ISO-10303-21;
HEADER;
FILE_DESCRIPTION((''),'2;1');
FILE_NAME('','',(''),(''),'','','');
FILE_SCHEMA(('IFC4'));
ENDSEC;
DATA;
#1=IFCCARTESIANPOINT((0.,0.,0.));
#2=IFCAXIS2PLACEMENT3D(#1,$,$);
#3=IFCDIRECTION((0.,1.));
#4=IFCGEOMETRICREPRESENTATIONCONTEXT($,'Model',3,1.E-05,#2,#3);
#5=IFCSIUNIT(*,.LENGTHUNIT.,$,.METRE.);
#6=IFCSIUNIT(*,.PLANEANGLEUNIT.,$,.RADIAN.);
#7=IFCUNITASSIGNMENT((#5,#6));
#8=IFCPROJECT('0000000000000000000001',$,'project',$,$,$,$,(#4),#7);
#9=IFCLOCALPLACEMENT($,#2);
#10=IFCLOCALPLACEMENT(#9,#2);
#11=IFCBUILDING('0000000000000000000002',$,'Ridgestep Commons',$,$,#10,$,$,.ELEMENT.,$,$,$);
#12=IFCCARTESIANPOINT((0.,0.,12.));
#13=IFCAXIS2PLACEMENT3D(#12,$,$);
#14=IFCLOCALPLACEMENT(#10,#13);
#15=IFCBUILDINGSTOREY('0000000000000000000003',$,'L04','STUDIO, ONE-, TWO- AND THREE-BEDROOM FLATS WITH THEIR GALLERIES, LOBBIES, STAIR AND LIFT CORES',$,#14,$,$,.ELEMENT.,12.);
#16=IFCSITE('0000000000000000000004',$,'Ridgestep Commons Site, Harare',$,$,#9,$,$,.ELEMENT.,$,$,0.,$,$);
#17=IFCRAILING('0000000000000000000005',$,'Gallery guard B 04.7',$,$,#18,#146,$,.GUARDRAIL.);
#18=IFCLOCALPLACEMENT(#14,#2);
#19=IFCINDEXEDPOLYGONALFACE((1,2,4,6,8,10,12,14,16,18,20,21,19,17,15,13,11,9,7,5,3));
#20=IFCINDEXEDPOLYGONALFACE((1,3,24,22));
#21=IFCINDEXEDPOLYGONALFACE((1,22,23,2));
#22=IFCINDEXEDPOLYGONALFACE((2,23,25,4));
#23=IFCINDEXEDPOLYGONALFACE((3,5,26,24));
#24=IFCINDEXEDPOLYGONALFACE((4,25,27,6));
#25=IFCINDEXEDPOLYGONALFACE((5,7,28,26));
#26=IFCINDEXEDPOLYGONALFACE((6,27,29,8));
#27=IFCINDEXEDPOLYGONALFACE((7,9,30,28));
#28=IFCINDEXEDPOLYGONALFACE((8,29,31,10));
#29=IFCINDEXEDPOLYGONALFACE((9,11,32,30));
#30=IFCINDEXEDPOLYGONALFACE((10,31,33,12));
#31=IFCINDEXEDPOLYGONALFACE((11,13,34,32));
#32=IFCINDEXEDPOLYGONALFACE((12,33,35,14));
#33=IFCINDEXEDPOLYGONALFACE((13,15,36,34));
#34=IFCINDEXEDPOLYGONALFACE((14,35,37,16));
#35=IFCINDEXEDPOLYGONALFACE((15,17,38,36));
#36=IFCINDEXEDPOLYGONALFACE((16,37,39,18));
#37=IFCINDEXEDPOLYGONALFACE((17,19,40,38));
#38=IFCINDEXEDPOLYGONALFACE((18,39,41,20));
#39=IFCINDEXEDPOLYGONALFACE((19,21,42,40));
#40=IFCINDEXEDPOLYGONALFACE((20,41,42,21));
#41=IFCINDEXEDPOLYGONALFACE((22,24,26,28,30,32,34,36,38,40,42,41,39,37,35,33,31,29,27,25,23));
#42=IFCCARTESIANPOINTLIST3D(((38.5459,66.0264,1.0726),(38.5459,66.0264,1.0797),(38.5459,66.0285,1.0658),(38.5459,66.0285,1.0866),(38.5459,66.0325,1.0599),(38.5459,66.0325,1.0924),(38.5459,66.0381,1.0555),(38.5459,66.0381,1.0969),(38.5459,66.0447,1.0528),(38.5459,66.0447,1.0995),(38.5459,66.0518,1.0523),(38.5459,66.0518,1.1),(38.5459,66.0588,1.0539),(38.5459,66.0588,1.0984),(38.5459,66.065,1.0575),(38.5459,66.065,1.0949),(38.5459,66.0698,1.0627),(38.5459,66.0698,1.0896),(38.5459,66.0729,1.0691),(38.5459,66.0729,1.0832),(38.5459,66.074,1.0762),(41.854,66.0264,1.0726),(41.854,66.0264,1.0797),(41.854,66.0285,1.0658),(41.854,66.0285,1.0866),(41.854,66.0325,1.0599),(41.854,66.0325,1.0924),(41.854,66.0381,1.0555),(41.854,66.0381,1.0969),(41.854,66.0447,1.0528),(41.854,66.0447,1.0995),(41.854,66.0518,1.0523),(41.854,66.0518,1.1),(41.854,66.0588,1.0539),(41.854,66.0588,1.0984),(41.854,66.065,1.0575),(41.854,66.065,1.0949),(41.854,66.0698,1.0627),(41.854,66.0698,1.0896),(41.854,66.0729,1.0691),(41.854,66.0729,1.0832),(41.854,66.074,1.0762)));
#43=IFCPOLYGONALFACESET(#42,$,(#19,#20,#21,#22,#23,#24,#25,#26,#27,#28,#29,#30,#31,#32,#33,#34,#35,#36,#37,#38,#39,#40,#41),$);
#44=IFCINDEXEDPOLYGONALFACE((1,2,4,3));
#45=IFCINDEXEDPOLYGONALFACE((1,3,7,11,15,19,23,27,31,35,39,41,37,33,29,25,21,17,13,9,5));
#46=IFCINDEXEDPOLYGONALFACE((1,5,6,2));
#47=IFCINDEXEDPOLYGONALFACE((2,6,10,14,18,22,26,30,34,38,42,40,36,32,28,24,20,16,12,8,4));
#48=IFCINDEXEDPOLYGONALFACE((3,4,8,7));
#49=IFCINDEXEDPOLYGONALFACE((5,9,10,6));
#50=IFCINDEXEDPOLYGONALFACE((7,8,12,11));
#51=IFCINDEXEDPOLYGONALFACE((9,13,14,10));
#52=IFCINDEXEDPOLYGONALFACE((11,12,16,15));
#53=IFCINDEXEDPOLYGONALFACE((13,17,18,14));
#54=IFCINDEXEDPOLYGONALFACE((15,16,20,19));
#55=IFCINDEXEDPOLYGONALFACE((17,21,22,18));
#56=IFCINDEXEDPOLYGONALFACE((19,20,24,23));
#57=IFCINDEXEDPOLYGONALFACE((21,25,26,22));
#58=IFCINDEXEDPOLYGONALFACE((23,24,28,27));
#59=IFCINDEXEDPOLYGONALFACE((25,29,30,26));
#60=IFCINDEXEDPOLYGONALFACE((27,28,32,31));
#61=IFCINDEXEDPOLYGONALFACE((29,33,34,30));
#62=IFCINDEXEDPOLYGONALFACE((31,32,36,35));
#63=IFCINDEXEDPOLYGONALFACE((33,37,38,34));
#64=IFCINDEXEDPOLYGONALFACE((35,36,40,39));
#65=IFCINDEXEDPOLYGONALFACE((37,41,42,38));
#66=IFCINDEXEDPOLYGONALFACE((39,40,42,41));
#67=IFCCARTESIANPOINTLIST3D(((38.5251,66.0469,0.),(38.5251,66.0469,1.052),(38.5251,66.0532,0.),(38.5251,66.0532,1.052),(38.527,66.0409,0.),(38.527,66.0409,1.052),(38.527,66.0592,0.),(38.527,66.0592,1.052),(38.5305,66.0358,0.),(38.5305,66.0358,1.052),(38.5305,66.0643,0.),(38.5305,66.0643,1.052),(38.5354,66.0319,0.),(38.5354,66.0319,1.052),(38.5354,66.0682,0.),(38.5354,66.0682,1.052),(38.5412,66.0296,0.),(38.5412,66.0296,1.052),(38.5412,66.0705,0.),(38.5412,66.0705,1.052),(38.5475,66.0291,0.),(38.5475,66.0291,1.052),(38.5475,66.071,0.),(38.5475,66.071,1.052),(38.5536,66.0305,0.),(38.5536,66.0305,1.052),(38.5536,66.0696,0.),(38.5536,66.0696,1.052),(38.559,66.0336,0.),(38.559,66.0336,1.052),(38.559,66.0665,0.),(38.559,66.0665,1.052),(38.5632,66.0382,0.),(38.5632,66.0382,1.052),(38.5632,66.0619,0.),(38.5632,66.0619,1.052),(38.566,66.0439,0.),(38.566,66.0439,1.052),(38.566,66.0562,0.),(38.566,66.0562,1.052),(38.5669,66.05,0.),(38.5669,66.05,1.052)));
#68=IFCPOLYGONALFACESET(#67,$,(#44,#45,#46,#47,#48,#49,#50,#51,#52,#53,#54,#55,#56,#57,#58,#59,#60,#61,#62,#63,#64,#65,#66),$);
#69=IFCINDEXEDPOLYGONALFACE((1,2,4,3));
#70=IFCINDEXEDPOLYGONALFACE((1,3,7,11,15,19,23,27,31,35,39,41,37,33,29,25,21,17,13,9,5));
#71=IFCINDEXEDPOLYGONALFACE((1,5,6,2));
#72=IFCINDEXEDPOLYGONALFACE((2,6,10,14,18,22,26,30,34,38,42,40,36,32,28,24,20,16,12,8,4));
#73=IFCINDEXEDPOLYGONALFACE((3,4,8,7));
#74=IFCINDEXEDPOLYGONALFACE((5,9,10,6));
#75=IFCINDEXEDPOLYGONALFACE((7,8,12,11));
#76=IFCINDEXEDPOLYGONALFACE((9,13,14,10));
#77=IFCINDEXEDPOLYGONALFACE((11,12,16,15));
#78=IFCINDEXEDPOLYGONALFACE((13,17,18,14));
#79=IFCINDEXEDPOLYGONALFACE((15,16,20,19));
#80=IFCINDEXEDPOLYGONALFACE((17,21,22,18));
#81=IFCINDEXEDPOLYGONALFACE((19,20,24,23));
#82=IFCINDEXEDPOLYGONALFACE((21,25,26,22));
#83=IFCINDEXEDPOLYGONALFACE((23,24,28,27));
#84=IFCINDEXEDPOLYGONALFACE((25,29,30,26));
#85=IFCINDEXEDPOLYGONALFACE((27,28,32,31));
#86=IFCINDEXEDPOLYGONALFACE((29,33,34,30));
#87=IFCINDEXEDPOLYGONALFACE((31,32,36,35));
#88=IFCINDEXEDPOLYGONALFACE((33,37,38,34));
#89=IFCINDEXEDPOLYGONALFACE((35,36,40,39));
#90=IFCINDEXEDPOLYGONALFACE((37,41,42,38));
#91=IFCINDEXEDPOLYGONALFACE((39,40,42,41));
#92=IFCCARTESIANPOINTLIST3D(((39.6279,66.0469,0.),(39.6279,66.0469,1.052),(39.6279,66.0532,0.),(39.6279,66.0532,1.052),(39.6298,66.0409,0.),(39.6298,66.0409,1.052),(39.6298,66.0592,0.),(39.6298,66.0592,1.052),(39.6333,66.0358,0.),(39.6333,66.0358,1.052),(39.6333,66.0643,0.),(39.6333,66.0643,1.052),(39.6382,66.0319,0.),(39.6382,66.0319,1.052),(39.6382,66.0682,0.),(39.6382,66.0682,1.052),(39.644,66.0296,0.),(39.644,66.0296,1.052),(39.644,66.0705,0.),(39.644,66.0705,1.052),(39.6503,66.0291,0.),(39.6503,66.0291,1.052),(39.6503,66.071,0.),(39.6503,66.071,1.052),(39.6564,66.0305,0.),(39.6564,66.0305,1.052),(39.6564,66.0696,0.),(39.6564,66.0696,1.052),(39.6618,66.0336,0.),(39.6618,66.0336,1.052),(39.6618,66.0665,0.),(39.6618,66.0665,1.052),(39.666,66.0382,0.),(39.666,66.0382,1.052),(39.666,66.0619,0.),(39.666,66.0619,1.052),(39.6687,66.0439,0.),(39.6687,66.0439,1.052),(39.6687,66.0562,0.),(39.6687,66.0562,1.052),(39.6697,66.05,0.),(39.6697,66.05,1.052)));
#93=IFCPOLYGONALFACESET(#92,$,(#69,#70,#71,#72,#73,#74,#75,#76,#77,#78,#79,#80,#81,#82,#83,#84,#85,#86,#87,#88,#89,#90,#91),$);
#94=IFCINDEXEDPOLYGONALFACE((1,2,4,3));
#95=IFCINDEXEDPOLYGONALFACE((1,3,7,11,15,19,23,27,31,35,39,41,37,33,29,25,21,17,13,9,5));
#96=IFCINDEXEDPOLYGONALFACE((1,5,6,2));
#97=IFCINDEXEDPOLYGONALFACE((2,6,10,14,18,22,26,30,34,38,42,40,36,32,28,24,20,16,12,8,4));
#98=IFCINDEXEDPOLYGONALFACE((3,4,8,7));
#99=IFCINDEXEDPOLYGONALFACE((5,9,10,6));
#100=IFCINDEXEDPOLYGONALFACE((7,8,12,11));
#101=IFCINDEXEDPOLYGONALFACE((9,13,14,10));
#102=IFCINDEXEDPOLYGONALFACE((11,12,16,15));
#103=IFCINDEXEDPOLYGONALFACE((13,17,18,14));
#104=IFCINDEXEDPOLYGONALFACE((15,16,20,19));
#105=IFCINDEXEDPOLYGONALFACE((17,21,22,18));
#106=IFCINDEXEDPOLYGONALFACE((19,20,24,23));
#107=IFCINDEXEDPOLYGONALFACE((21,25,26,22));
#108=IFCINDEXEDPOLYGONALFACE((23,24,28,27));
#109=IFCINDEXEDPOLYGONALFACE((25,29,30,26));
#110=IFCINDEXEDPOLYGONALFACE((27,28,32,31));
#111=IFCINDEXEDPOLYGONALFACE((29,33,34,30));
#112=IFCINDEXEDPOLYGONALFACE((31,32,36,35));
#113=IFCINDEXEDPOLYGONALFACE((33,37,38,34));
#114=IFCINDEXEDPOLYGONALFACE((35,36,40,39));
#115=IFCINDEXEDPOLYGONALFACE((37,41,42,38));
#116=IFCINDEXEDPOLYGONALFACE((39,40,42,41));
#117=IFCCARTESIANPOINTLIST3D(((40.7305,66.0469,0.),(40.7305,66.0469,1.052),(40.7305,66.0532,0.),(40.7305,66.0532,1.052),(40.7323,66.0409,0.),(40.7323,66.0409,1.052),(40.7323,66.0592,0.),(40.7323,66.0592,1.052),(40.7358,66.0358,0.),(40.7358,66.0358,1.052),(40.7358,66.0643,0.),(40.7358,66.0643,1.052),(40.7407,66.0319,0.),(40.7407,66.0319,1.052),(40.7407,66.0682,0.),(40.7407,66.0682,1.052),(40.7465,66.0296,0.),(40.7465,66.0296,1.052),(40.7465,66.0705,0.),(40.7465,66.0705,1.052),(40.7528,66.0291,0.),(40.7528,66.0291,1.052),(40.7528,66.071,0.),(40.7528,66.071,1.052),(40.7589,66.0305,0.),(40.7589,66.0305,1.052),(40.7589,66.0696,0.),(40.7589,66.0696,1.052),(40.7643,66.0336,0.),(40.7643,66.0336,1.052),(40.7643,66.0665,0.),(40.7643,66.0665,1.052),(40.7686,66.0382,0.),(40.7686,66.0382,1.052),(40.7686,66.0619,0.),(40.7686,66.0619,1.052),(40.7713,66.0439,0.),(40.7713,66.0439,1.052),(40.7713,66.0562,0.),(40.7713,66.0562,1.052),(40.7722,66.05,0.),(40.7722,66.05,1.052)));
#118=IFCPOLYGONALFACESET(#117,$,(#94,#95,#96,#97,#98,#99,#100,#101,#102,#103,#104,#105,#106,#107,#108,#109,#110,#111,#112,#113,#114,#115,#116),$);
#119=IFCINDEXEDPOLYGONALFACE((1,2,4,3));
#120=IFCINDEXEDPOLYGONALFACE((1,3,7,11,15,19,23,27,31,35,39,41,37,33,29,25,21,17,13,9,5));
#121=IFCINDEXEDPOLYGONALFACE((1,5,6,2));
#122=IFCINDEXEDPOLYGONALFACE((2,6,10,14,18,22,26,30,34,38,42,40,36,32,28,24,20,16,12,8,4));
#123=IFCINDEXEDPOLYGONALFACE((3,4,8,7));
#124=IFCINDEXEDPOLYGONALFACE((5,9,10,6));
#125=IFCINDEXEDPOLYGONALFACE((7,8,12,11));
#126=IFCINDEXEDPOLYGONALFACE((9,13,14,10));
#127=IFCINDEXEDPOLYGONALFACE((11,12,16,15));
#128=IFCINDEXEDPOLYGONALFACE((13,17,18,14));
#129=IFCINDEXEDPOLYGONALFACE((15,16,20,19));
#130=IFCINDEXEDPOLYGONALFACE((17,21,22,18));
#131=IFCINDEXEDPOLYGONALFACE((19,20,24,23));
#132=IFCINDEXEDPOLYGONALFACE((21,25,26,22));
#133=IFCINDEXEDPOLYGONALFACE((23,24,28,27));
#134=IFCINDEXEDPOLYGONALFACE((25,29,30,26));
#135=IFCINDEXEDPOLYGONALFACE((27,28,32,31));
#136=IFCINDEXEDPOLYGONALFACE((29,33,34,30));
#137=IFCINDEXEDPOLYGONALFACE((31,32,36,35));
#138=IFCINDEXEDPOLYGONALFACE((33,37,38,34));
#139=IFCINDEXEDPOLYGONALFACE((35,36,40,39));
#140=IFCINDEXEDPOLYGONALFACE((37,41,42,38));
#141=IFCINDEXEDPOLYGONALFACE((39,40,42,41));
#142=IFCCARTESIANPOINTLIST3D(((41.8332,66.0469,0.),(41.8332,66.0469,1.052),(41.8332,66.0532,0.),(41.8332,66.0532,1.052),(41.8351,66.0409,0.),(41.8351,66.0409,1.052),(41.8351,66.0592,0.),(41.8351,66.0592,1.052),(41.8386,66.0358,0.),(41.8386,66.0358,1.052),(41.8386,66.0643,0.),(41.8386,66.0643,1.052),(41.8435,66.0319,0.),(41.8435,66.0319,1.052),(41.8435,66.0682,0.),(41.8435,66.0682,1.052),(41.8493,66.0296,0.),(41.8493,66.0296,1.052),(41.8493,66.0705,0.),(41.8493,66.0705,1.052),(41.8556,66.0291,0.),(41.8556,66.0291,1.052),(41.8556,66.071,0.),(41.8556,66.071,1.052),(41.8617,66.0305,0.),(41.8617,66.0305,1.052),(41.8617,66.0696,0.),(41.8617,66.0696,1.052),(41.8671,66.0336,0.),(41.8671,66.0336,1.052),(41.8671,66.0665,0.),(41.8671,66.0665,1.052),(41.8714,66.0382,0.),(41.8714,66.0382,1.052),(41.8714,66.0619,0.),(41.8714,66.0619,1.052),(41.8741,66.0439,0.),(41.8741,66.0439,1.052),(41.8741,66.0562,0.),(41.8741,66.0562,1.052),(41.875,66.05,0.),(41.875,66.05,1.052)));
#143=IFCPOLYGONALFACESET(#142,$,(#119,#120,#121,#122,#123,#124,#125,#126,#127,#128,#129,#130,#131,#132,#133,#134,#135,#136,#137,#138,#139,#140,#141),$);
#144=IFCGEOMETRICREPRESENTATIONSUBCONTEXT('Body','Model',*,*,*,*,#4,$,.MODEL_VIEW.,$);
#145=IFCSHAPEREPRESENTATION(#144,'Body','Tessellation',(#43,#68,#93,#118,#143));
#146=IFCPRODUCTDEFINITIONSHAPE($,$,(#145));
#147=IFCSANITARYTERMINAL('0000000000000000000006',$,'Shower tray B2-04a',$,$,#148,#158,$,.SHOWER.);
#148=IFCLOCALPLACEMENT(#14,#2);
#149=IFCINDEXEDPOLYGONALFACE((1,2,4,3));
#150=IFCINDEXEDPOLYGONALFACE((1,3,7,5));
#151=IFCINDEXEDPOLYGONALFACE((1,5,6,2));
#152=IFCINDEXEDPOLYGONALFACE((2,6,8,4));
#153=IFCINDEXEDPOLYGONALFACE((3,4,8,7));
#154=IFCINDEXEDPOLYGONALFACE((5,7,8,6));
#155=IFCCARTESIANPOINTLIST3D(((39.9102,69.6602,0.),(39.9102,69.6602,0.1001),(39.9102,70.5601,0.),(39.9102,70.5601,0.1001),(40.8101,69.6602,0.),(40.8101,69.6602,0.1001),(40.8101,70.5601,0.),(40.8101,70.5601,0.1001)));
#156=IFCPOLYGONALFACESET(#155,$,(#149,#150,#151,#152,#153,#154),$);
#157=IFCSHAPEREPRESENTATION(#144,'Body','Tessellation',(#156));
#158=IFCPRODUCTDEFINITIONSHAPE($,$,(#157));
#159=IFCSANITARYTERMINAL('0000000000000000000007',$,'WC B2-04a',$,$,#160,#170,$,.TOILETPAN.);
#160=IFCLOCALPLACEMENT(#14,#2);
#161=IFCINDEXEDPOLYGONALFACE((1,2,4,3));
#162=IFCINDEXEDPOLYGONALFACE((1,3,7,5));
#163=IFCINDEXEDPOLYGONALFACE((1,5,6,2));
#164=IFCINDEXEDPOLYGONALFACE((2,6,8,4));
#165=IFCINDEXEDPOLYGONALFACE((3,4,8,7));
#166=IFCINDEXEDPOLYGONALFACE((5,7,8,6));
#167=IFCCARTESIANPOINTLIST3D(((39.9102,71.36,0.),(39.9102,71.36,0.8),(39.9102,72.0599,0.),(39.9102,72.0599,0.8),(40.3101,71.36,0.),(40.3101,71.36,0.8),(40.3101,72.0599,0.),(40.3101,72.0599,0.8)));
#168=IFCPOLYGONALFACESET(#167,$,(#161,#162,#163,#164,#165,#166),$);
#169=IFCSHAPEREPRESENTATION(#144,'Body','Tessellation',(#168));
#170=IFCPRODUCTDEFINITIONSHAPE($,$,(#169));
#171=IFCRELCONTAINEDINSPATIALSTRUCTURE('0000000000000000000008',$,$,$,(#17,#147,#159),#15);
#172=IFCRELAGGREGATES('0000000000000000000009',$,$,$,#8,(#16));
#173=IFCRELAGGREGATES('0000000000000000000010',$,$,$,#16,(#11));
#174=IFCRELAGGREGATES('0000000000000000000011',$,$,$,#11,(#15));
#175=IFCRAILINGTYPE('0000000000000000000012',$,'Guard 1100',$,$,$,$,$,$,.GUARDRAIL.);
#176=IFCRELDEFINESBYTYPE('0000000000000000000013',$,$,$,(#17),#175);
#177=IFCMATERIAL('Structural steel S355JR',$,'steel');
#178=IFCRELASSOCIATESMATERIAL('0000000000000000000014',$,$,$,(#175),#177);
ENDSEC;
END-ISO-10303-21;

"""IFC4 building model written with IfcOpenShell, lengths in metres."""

from ifc_helpers import new_model, si_unit, direction, frame, origin, origin_2d, place, context, subcontext, project, spatial, rectangle, circle, extrude, material, type_object, element, save


model = new_model("IFC4")

# Units and contexts
model_context = context("Model", 3, precision=1e-05, world=origin(), true_north=direction((0.0, 1.0)))
body_context = subcontext(model_context, "Body", "Model", "MODEL_VIEW")
ifc_project = project(units=[si_unit("LENGTHUNIT", "METRE"), si_unit("PLANEANGLEUNIT", "RADIAN")], contexts=[model_context])

# Site, building, storey
site_placement = place(None, origin())
site = spatial("IfcSite", under=ifc_project, at=site_placement, Name="Ridgestep Commons Site, Harare", CompositionType="ELEMENT", RefElevation=0.0)
building_placement = place(site_placement, origin())
building = spatial("IfcBuilding", under=site, at=building_placement, Name="Ridgestep Commons", CompositionType="ELEMENT")
storey_placement = place(building_placement, frame((0.0, 0.0, 12.0)))
storey = spatial("IfcBuildingStorey", under=building, at=storey_placement, Name="L04", Description="STUDIO, ONE-, TWO- AND THREE-BEDROOM FLATS WITH THEIR GALLERIES, LOBBIES, STAIR AND LIFT CORES", CompositionType="ELEMENT", Elevation=12.0)

# Railing
ifc_material_1 = material(Name="Structural steel S355JR", Category="steel")
railing_type = type_object("IfcRailingType", Name="Guard 1100", PredefinedType="GUARDRAIL", material=ifc_material_1)
railing_1_placement = place(storey_placement, frame((38.5459, 66.05, 0.0)))
element("IfcRailing", 1, at=railing_1_placement, inside=storey, type_object=railing_type, Name="Gallery guard B 04.7", PredefinedType="GUARDRAIL", context=body_context, shape_type="SweptSolid", body=[
    extrude(circle(Radius=0.0239, at=origin_2d()), frame((0.0, 0.0, 1.0762), z_axis=(1.0, 0.0, 0.0), x_axis=(0.0, 1.0, 0.0)), (0.0, 0.0, 1.0), 3.3081),
    extrude(circle(Radius=0.021, at=origin_2d()), origin(), (0.0, 0.0, 1.0), 1.052),
    extrude(circle(Radius=0.021, at=origin_2d()), frame((1.1028, 0.0, 0.0)), (0.0, 0.0, 1.0), 1.052),
    extrude(circle(Radius=0.021, at=origin_2d()), frame((2.2053, 0.0, 0.0)), (0.0, 0.0, 1.0), 1.052),
    extrude(circle(Radius=0.021, at=origin_2d()), frame((3.3081, 0.0, 0.0)), (0.0, 0.0, 1.0), 1.052),
])

# Sanitary terminals
sanitary_terminal_1_placement = place(storey_placement, frame((40.3601, 70.1101, 0.0), z_axis=(0.0, 0.0, 1.0), x_axis=(1.0, 0.0, 0.0)))
element("IfcSanitaryTerminal", 2, at=sanitary_terminal_1_placement, inside=storey, Name="Shower tray B2-04a", PredefinedType="SHOWER", context=body_context, shape_type="SweptSolid", body=[
    extrude(rectangle(XDim=0.8999, YDim=0.8999, at=origin_2d()), origin(), (0.0, 0.0, 1.0), 0.1001),
])
sanitary_terminal_2_placement = place(storey_placement, frame((40.1101, 71.71, 0.0), z_axis=(0.0, 0.0, 1.0), x_axis=(1.0, 0.0, 0.0)))
element("IfcSanitaryTerminal", 3, at=sanitary_terminal_2_placement, inside=storey, Name="WC B2-04a", PredefinedType="TOILETPAN", context=body_context, shape_type="SweptSolid", body=[
    extrude(rectangle(XDim=0.3999, YDim=0.7, at=origin_2d()), origin(), (0.0, 0.0, 1.0), 0.8),
])

save(model, "model.ifc")
